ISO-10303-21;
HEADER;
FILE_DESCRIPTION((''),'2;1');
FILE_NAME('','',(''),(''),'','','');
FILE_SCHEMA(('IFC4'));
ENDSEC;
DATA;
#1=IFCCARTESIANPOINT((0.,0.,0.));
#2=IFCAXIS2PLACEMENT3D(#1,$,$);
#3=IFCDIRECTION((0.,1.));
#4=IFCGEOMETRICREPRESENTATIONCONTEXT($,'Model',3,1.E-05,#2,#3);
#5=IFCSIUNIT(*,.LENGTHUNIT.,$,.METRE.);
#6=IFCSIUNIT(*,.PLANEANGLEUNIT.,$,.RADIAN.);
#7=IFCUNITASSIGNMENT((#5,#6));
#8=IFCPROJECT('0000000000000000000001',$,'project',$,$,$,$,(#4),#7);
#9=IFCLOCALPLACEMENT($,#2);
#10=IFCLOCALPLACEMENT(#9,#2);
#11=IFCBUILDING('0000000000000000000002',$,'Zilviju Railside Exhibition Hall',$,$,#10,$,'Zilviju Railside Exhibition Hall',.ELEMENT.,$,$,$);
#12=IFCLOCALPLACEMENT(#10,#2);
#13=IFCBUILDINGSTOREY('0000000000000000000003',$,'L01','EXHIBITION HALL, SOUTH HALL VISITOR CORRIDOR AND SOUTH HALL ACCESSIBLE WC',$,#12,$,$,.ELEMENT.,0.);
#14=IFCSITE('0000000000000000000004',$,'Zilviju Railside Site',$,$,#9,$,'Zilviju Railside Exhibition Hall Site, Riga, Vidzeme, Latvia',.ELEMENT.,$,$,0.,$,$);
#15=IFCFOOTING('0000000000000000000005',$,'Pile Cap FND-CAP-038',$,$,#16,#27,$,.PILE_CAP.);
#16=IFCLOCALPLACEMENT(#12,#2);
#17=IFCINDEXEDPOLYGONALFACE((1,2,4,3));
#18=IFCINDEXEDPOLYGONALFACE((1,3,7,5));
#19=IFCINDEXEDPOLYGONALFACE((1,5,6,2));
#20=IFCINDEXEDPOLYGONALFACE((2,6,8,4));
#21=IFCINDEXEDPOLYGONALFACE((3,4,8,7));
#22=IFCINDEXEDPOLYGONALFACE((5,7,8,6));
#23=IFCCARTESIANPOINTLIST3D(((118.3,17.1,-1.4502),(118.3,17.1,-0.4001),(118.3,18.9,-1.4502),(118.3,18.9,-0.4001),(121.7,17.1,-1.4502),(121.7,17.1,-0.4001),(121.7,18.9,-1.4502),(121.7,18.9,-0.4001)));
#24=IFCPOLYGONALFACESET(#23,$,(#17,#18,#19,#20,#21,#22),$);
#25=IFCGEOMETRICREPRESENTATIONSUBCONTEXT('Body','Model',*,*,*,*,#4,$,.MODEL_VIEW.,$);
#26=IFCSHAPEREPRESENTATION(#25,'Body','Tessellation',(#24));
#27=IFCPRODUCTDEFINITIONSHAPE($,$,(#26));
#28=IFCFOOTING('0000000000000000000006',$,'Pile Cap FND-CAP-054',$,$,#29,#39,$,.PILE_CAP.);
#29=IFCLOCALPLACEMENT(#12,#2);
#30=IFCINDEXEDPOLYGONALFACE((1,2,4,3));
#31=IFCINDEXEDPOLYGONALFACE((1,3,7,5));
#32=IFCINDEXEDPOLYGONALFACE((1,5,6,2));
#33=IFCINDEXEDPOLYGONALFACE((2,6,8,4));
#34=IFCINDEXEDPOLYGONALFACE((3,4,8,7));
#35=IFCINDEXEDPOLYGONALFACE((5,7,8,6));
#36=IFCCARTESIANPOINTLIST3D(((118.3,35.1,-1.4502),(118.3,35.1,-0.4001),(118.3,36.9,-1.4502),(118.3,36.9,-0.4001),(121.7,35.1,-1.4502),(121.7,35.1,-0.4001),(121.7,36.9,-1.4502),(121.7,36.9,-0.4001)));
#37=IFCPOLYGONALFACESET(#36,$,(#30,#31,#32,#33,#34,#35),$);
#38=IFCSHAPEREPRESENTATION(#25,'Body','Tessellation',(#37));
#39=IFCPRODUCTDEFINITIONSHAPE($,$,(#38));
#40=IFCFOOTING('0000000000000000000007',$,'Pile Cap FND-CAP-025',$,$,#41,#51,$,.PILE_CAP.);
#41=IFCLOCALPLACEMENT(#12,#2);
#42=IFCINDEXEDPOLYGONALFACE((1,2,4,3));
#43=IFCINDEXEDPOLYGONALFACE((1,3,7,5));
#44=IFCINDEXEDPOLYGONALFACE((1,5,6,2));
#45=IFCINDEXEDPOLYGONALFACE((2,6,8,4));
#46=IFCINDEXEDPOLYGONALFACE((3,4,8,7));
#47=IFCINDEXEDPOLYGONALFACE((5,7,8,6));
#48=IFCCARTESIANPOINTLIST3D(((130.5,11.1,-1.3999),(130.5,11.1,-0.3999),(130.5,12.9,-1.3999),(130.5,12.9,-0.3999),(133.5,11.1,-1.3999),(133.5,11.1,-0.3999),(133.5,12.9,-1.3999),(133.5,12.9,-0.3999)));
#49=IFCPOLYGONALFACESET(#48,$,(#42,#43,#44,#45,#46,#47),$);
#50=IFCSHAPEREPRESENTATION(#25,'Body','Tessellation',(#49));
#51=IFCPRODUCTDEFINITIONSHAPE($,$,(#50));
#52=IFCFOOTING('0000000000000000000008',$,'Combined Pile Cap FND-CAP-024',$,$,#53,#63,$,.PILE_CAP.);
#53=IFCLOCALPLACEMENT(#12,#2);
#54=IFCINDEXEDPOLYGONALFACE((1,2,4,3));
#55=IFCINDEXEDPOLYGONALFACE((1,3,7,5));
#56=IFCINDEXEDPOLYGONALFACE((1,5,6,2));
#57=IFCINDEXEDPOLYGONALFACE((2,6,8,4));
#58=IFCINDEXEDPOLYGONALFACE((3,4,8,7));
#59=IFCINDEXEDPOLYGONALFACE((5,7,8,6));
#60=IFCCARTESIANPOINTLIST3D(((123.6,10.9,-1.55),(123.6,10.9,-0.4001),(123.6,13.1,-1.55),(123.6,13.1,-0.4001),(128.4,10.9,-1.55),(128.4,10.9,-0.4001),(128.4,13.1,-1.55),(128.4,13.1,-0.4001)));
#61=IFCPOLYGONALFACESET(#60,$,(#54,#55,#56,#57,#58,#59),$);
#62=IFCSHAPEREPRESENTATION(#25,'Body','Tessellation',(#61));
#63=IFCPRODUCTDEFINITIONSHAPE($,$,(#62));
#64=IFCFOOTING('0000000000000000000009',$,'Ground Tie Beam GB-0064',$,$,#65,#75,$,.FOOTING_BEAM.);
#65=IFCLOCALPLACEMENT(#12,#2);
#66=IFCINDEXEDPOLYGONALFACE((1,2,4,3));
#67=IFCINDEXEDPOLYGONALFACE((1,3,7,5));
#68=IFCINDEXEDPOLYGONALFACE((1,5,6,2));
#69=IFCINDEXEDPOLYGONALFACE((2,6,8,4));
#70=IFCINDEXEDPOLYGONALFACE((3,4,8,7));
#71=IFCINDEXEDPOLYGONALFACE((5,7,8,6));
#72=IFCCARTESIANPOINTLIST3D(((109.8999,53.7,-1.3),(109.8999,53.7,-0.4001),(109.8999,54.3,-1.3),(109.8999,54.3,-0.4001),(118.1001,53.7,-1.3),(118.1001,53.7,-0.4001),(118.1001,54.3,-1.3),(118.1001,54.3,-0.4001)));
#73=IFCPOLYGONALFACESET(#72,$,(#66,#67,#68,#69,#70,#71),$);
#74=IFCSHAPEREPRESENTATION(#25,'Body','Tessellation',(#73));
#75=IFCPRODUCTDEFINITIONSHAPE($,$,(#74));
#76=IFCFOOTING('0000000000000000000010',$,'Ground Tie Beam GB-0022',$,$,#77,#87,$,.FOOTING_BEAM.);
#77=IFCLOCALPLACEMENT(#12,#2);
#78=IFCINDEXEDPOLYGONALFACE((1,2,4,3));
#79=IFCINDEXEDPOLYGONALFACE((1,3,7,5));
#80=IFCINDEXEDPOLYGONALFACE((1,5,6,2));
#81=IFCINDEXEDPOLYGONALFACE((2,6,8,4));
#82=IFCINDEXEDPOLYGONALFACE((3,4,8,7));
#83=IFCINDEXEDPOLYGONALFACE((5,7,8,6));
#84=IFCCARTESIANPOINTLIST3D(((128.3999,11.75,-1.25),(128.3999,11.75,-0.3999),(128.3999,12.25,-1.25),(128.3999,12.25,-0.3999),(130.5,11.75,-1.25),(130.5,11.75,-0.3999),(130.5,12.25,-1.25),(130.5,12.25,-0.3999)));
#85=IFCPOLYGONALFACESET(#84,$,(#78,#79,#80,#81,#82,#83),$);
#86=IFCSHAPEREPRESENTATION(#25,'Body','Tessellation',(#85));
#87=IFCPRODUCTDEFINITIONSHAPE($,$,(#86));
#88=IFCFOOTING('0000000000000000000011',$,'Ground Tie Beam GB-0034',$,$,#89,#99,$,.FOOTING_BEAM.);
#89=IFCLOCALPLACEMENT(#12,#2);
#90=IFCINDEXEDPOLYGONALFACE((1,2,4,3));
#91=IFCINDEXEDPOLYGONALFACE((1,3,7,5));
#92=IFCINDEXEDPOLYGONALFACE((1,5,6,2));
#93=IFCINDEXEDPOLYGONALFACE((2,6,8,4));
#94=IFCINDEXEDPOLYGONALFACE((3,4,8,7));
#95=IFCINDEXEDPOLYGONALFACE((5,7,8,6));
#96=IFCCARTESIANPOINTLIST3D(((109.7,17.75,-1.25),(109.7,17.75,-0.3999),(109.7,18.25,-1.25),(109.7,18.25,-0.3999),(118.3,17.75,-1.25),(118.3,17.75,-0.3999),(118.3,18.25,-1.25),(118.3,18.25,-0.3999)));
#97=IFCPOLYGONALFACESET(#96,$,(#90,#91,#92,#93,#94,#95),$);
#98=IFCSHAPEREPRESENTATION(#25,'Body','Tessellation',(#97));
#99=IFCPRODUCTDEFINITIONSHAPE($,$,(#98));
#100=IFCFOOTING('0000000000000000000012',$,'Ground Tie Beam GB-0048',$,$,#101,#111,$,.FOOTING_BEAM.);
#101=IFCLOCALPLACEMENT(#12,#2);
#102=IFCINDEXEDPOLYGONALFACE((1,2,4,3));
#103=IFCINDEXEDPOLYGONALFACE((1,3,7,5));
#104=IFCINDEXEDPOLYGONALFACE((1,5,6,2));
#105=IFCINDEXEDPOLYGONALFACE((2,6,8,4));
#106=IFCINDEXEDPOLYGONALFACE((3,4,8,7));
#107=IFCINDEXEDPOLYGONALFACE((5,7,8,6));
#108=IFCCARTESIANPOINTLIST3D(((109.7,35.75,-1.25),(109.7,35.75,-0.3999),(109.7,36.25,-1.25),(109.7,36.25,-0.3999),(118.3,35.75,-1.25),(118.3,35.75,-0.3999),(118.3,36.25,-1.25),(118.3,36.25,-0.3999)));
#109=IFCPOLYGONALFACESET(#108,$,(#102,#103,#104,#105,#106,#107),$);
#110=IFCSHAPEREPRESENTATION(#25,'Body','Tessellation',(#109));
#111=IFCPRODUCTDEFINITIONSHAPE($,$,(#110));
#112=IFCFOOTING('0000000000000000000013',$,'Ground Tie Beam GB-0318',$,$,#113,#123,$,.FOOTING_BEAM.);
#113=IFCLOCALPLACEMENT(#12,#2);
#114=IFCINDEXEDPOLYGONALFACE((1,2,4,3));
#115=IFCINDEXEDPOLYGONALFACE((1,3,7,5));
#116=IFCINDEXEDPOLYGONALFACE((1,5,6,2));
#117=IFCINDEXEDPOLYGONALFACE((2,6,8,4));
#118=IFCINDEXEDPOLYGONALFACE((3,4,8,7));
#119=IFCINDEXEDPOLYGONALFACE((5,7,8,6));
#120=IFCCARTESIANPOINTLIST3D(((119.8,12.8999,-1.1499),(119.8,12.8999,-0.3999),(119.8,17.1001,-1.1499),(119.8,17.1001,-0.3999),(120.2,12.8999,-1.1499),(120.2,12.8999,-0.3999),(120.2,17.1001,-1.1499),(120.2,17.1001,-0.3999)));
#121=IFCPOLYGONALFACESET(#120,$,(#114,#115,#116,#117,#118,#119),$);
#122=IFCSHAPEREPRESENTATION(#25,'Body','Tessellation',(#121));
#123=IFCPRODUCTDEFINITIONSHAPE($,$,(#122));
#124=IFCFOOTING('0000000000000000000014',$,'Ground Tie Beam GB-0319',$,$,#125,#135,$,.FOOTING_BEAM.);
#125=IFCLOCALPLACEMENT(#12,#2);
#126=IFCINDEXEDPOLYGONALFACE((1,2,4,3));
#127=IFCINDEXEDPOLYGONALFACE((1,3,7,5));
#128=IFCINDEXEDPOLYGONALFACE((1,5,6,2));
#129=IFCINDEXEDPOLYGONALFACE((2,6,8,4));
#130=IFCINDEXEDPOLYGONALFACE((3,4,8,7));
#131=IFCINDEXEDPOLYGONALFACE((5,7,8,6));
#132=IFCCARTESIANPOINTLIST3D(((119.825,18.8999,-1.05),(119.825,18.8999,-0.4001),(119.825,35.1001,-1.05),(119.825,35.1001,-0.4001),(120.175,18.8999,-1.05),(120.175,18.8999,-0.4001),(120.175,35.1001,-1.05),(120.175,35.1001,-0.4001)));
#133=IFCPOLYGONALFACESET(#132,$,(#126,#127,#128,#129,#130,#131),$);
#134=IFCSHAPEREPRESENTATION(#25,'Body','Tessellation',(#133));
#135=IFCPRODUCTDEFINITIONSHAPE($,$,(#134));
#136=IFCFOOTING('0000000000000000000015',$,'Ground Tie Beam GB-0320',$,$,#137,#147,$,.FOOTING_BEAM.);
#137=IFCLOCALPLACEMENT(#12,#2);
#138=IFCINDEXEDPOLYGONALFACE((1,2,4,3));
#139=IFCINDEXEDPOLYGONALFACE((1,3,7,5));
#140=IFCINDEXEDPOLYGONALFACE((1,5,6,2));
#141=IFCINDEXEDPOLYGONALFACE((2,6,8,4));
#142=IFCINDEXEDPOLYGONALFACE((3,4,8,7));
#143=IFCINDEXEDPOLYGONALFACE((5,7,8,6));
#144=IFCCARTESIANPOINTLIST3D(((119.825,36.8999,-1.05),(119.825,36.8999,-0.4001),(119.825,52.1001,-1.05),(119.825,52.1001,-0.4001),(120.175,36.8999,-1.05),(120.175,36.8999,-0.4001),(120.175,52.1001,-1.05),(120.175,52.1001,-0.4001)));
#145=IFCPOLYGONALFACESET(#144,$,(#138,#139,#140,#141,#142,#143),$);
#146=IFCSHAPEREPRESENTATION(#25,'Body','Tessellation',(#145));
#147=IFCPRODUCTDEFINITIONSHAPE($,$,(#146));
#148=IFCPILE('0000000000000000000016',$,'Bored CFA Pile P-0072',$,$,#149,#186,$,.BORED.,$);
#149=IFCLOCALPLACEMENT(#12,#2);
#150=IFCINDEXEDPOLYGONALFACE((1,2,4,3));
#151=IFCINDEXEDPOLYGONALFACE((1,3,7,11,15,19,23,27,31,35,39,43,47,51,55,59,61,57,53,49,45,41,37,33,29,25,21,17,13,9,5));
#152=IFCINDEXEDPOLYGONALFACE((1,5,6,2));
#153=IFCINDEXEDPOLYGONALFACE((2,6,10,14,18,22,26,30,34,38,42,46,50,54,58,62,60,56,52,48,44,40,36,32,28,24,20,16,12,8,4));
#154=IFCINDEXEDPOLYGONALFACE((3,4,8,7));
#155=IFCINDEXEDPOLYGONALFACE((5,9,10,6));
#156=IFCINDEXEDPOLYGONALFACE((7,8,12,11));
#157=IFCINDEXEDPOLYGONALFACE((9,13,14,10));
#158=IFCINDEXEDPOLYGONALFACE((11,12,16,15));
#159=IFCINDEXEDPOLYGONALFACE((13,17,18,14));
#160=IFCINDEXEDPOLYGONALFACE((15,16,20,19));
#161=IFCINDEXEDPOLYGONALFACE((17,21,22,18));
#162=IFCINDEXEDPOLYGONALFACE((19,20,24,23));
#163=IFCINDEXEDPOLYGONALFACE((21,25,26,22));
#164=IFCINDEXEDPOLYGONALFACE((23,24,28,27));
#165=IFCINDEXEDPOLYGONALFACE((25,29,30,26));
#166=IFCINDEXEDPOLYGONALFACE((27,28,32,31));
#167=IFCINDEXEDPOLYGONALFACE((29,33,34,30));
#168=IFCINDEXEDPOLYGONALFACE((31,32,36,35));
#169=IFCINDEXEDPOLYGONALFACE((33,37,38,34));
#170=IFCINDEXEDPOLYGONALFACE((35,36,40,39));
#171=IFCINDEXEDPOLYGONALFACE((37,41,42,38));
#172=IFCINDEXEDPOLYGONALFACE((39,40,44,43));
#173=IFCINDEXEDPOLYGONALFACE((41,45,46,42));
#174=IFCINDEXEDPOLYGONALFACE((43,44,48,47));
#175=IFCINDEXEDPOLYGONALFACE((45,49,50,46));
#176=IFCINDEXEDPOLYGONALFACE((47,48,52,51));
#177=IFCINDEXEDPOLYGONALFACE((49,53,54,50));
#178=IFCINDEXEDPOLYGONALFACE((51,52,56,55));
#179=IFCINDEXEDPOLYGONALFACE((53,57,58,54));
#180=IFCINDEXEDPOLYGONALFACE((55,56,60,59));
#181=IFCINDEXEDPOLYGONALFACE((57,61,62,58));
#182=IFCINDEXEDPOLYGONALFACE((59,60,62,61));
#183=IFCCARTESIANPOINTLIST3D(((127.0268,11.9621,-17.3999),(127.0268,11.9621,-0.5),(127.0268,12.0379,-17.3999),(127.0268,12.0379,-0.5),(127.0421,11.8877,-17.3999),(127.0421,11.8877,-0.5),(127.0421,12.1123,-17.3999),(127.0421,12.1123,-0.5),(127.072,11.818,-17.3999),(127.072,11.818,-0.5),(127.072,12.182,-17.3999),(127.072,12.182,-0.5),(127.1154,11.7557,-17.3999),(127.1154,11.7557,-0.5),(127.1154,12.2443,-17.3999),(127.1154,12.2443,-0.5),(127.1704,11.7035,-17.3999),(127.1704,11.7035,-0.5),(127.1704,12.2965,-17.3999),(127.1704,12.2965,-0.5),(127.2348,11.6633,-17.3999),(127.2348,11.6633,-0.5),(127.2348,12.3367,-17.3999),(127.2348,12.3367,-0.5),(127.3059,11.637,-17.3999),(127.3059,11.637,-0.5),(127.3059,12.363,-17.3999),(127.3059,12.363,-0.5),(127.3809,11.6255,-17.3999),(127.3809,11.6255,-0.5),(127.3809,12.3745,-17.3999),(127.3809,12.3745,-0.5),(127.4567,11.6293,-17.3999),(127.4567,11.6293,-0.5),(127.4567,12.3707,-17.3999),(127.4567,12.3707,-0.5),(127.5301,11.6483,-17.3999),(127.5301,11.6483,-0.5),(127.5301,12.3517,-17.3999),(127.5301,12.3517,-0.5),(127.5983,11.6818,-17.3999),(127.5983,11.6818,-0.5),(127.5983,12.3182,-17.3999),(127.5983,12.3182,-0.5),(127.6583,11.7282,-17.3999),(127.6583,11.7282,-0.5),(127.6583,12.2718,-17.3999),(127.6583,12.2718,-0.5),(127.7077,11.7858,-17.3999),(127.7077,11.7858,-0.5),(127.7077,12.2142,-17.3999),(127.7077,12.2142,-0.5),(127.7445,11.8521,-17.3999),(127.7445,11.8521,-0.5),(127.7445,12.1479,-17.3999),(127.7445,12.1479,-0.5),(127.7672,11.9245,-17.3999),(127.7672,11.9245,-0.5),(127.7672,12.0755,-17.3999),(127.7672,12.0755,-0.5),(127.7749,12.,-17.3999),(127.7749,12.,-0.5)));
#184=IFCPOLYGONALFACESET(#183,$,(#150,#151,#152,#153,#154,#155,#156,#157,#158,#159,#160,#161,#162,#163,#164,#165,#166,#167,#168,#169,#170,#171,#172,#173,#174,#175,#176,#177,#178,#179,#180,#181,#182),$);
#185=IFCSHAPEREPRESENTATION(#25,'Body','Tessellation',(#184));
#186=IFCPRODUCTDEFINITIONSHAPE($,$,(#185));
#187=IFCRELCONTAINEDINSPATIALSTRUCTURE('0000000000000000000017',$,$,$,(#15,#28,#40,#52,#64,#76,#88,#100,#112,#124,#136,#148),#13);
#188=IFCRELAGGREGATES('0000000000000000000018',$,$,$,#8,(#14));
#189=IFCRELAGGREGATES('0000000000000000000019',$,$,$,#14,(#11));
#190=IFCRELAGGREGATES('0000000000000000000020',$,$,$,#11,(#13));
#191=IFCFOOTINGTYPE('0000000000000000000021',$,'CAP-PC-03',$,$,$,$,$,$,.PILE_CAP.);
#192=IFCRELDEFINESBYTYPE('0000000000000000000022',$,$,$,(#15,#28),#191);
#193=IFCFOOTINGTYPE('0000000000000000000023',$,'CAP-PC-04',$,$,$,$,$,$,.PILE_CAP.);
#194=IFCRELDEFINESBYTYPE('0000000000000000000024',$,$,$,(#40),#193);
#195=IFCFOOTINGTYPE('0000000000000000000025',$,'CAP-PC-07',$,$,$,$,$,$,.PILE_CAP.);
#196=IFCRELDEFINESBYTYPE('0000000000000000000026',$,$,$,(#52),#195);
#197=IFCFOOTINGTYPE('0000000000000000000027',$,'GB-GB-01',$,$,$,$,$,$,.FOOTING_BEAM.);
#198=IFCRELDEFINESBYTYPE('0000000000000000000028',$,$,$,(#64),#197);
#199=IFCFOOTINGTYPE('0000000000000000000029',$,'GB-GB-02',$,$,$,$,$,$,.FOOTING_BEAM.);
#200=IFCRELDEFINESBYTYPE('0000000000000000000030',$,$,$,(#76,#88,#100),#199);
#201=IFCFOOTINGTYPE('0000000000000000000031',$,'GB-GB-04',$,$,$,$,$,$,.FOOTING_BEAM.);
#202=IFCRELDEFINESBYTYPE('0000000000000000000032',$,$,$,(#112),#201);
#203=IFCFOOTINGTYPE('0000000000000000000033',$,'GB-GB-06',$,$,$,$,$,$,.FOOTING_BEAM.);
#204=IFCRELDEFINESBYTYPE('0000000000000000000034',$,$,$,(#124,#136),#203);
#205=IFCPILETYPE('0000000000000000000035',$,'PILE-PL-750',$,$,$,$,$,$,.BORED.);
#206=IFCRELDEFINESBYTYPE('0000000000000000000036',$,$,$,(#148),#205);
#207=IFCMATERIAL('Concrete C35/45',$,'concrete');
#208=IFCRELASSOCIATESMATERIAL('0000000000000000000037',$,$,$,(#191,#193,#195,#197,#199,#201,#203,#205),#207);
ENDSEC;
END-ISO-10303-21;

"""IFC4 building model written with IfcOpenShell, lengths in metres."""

from ifc_helpers import new_model, si_unit, direction, frame, origin, origin_2d, place, context, subcontext, project, spatial, rectangle, circle, extrude, material, material_profile, profile_set, type_object, element, save


model = new_model("IFC4")

# Units and contexts
model_context = context("Model", 3, precision=1e-05, world=origin(), true_north=direction((0.0, 1.0)))
body_context = subcontext(model_context, "Body", "Model", "MODEL_VIEW")
ifc_project = project(units=[si_unit("LENGTHUNIT", "METRE"), si_unit("PLANEANGLEUNIT", "RADIAN")], contexts=[model_context])

# Site, building, storey
site_placement = place(None, origin())
site = spatial("IfcSite", under=ifc_project, at=site_placement, Name="Zilviju Railside Site", LongName="Zilviju Railside Exhibition Hall Site, Riga, Vidzeme, Latvia", CompositionType="ELEMENT", RefElevation=0.0)
building_placement = place(site_placement, origin())
building = spatial("IfcBuilding", under=site, at=building_placement, Name="Zilviju Railside Exhibition Hall", LongName="Zilviju Railside Exhibition Hall", CompositionType="ELEMENT")
storey_placement = place(building_placement, origin())
storey = spatial("IfcBuildingStorey", under=building, at=storey_placement, Name="L01", Description="EXHIBITION HALL, SOUTH HALL VISITOR CORRIDOR AND SOUTH HALL ACCESSIBLE WC", CompositionType="ELEMENT", Elevation=0.0)

# Footings
ifc_material_1 = material(Name="Concrete C35/45", Category="concrete")
footing_type_1 = type_object("IfcFootingType", Name="CAP-PC-03", PredefinedType="PILE_CAP", material=ifc_material_1)
for number, where, z_axis, x_axis, name in (
    (1, (120.0, 18.0, -1.4502), (0.0, 0.0, 1.0), (1.0, 0.0, 0.0), "Pile Cap FND-CAP-038"),
    (2, (120.0, 36.0, -1.4502), (0.0, 0.0, 1.0), (1.0, 0.0, 0.0), "Pile Cap FND-CAP-054"),
):
    element("IfcFooting", number, at=place(storey_placement, frame(where, z_axis=z_axis, x_axis=x_axis)), inside=storey, type_object=footing_type_1, Name=name, PredefinedType="PILE_CAP", context=body_context, shape_type="SweptSolid", body=[
        extrude(rectangle(XDim=3.3999, YDim=1.8, at=origin_2d()), origin(), (0.0, 0.0, 1.0), 1.05),
    ])
footing_type_2 = type_object("IfcFootingType", Name="CAP-PC-04", PredefinedType="PILE_CAP", material=ifc_material_1)
footing_1_placement = place(storey_placement, frame((132.0, 12.0, -1.3999), z_axis=(0.0, 0.0, 1.0), x_axis=(1.0, 0.0, 0.0)))
element("IfcFooting", 3, at=footing_1_placement, inside=storey, type_object=footing_type_2, Name="Pile Cap FND-CAP-025", PredefinedType="PILE_CAP", context=body_context, shape_type="SweptSolid", body=[
    extrude(rectangle(XDim=3.0, YDim=1.8, at=origin_2d()), origin(), (0.0, 0.0, 1.0), 1.0),
])
footing_type_3 = type_object("IfcFootingType", Name="CAP-PC-07", PredefinedType="PILE_CAP", material=ifc_material_1)
footing_2_placement = place(storey_placement, frame((126.0, 12.0, -1.55), z_axis=(0.0, 0.0, 1.0), x_axis=(1.0, 0.0, 0.0)))
element("IfcFooting", 4, at=footing_2_placement, inside=storey, type_object=footing_type_3, Name="Combined Pile Cap FND-CAP-024", PredefinedType="PILE_CAP", context=body_context, shape_type="SweptSolid", body=[
    extrude(rectangle(XDim=4.8, YDim=2.2, at=origin_2d()), origin(), (0.0, 0.0, 1.0), 1.1499),
])
ifc_material_profile_1 = material_profile(ifc_material_1, rectangle(XDim=0.6001, YDim=0.8999, at=origin_2d()), Name="TIE BEAM 600x900")
ifc_profile_set_1 = profile_set([ifc_material_profile_1], Name="Concrete C35/45")
footing_type_4 = type_object("IfcFootingType", Name="GB-GB-01", PredefinedType="FOOTING_BEAM", material=ifc_profile_set_1)
footing_3_placement = place(storey_placement, frame((109.8999, 54.0, -0.8501), z_axis=(1.0, 0.0, 0.0), x_axis=(0.0, 1.0, 0.0)))
element("IfcFooting", 5, at=footing_3_placement, inside=storey, type_object=footing_type_4, Name="Ground Tie Beam GB-0064", PredefinedType="FOOTING_BEAM", context=body_context, shape_type="SweptSolid", body=[
    extrude(rectangle(XDim=0.6001, YDim=0.8999, at=origin_2d()), origin(), (0.0, 0.0, 1.0), 8.2002),
])
ifc_material_profile_2 = material_profile(ifc_material_1, rectangle(XDim=0.5, YDim=0.8501, at=origin_2d()), Name="TIE BEAM 500x850")
ifc_profile_set_2 = profile_set([ifc_material_profile_2], Name="Concrete C35/45")
footing_type_5 = type_object("IfcFootingType", Name="GB-GB-02", PredefinedType="FOOTING_BEAM", material=ifc_profile_set_2)
footing_4_placement = place(storey_placement, frame((128.3999, 12.0, -0.825), z_axis=(1.0, 0.0, 0.0), x_axis=(0.0, 1.0, 0.0)))
element("IfcFooting", 6, at=footing_4_placement, inside=storey, type_object=footing_type_5, Name="Ground Tie Beam GB-0022", PredefinedType="FOOTING_BEAM", context=body_context, shape_type="SweptSolid", body=[
    extrude(rectangle(XDim=0.5, YDim=0.8501, at=origin_2d()), origin(), (0.0, 0.0, 1.0), 2.1001),
])
for number, where, z_axis, x_axis, name in (
    (7, (109.7, 18.0, -0.825), (1.0, 0.0, 0.0), (0.0, 1.0, 0.0), "Ground Tie Beam GB-0034"),
    (8, (109.7, 36.0, -0.825), (1.0, 0.0, 0.0), (0.0, 1.0, 0.0), "Ground Tie Beam GB-0048"),
):
    element("IfcFooting", number, at=place(storey_placement, frame(where, z_axis=z_axis, x_axis=x_axis)), inside=storey, type_object=footing_type_5, Name=name, PredefinedType="FOOTING_BEAM", context=body_context, shape_type="SweptSolid", body=[
        extrude(rectangle(XDim=0.5, YDim=0.8501, at=origin_2d()), origin(), (0.0, 0.0, 1.0), 8.6001),
    ])
ifc_material_profile_3 = material_profile(ifc_material_1, rectangle(XDim=0.3999, YDim=0.75, at=origin_2d()), Name="TIE BEAM 400x750")
ifc_profile_set_3 = profile_set([ifc_material_profile_3], Name="Concrete C35/45")
footing_type_6 = type_object("IfcFootingType", Name="GB-GB-04", PredefinedType="FOOTING_BEAM", material=ifc_profile_set_3)
footing_5_placement = place(storey_placement, frame((120.0, 12.8999, -0.7749), z_axis=(0.0, 1.0, 0.0), x_axis=(-1.0, 0.0, 0.0)))
element("IfcFooting", 9, at=footing_5_placement, inside=storey, type_object=footing_type_6, Name="Ground Tie Beam GB-0318", PredefinedType="FOOTING_BEAM", context=body_context, shape_type="SweptSolid", body=[
    extrude(rectangle(XDim=0.3999, YDim=0.75, at=origin_2d()), origin(), (0.0, 0.0, 1.0), 4.2002),
])
ifc_material_profile_4 = material_profile(ifc_material_1, rectangle(XDim=0.3501, YDim=0.6499, at=origin_2d()), Name="TIE BEAM 350x650")
ifc_profile_set_4 = profile_set([ifc_material_profile_4], Name="Concrete C35/45")
footing_type_7 = type_object("IfcFootingType", Name="GB-GB-06", PredefinedType="FOOTING_BEAM", material=ifc_profile_set_4)
footing_6_placement = place(storey_placement, frame((120.0, 18.8999, -0.7251), z_axis=(0.0, 1.0, 0.0), x_axis=(-1.0, 0.0, 0.0)))
element("IfcFooting", 10, at=footing_6_placement, inside=storey, type_object=footing_type_7, Name="Ground Tie Beam GB-0319", PredefinedType="FOOTING_BEAM", context=body_context, shape_type="SweptSolid", body=[
    extrude(rectangle(XDim=0.3501, YDim=0.6499, at=origin_2d()), origin(), (0.0, 0.0, 1.0), 16.2002),
])
footing_7_placement = place(storey_placement, frame((120.0, 36.8999, -0.7251), z_axis=(0.0, 1.0, 0.0), x_axis=(-1.0, 0.0, 0.0)))
element("IfcFooting", 11, at=footing_7_placement, inside=storey, type_object=footing_type_7, Name="Ground Tie Beam GB-0320", PredefinedType="FOOTING_BEAM", context=body_context, shape_type="SweptSolid", body=[
    extrude(rectangle(XDim=0.3501, YDim=0.6499, at=origin_2d()), origin(), (0.0, 0.0, 1.0), 15.2002),
])

# Pile
ifc_material_profile_5 = material_profile(ifc_material_1, circle(Radius=0.375, at=origin_2d()), Name="CFA PILE D750")
ifc_profile_set_5 = profile_set([ifc_material_profile_5], Name="Concrete C35/45")
pile_type_1 = type_object("IfcPileType", Name="PILE-PL-750", PredefinedType="BORED", material=ifc_profile_set_5)
for number, where, z_axis, x_axis, name in (
    (12, (127.3999, 12.0, -0.5), (0.0, 0.0, -1.0), (1.0, 0.0, 0.0), "Bored CFA Pile P-0072"),
):
    element("IfcPile", number, at=place(storey_placement, frame(where, z_axis=z_axis, x_axis=x_axis)), inside=storey, type_object=pile_type_1, Name=name, PredefinedType="BORED", context=body_context, shape_type="SweptSolid", body=[
        extrude(circle(Radius=0.375, at=origin_2d()), origin(), (0.0, 0.0, 1.0), 16.8999),
    ])

save(model, "model.ifc")
